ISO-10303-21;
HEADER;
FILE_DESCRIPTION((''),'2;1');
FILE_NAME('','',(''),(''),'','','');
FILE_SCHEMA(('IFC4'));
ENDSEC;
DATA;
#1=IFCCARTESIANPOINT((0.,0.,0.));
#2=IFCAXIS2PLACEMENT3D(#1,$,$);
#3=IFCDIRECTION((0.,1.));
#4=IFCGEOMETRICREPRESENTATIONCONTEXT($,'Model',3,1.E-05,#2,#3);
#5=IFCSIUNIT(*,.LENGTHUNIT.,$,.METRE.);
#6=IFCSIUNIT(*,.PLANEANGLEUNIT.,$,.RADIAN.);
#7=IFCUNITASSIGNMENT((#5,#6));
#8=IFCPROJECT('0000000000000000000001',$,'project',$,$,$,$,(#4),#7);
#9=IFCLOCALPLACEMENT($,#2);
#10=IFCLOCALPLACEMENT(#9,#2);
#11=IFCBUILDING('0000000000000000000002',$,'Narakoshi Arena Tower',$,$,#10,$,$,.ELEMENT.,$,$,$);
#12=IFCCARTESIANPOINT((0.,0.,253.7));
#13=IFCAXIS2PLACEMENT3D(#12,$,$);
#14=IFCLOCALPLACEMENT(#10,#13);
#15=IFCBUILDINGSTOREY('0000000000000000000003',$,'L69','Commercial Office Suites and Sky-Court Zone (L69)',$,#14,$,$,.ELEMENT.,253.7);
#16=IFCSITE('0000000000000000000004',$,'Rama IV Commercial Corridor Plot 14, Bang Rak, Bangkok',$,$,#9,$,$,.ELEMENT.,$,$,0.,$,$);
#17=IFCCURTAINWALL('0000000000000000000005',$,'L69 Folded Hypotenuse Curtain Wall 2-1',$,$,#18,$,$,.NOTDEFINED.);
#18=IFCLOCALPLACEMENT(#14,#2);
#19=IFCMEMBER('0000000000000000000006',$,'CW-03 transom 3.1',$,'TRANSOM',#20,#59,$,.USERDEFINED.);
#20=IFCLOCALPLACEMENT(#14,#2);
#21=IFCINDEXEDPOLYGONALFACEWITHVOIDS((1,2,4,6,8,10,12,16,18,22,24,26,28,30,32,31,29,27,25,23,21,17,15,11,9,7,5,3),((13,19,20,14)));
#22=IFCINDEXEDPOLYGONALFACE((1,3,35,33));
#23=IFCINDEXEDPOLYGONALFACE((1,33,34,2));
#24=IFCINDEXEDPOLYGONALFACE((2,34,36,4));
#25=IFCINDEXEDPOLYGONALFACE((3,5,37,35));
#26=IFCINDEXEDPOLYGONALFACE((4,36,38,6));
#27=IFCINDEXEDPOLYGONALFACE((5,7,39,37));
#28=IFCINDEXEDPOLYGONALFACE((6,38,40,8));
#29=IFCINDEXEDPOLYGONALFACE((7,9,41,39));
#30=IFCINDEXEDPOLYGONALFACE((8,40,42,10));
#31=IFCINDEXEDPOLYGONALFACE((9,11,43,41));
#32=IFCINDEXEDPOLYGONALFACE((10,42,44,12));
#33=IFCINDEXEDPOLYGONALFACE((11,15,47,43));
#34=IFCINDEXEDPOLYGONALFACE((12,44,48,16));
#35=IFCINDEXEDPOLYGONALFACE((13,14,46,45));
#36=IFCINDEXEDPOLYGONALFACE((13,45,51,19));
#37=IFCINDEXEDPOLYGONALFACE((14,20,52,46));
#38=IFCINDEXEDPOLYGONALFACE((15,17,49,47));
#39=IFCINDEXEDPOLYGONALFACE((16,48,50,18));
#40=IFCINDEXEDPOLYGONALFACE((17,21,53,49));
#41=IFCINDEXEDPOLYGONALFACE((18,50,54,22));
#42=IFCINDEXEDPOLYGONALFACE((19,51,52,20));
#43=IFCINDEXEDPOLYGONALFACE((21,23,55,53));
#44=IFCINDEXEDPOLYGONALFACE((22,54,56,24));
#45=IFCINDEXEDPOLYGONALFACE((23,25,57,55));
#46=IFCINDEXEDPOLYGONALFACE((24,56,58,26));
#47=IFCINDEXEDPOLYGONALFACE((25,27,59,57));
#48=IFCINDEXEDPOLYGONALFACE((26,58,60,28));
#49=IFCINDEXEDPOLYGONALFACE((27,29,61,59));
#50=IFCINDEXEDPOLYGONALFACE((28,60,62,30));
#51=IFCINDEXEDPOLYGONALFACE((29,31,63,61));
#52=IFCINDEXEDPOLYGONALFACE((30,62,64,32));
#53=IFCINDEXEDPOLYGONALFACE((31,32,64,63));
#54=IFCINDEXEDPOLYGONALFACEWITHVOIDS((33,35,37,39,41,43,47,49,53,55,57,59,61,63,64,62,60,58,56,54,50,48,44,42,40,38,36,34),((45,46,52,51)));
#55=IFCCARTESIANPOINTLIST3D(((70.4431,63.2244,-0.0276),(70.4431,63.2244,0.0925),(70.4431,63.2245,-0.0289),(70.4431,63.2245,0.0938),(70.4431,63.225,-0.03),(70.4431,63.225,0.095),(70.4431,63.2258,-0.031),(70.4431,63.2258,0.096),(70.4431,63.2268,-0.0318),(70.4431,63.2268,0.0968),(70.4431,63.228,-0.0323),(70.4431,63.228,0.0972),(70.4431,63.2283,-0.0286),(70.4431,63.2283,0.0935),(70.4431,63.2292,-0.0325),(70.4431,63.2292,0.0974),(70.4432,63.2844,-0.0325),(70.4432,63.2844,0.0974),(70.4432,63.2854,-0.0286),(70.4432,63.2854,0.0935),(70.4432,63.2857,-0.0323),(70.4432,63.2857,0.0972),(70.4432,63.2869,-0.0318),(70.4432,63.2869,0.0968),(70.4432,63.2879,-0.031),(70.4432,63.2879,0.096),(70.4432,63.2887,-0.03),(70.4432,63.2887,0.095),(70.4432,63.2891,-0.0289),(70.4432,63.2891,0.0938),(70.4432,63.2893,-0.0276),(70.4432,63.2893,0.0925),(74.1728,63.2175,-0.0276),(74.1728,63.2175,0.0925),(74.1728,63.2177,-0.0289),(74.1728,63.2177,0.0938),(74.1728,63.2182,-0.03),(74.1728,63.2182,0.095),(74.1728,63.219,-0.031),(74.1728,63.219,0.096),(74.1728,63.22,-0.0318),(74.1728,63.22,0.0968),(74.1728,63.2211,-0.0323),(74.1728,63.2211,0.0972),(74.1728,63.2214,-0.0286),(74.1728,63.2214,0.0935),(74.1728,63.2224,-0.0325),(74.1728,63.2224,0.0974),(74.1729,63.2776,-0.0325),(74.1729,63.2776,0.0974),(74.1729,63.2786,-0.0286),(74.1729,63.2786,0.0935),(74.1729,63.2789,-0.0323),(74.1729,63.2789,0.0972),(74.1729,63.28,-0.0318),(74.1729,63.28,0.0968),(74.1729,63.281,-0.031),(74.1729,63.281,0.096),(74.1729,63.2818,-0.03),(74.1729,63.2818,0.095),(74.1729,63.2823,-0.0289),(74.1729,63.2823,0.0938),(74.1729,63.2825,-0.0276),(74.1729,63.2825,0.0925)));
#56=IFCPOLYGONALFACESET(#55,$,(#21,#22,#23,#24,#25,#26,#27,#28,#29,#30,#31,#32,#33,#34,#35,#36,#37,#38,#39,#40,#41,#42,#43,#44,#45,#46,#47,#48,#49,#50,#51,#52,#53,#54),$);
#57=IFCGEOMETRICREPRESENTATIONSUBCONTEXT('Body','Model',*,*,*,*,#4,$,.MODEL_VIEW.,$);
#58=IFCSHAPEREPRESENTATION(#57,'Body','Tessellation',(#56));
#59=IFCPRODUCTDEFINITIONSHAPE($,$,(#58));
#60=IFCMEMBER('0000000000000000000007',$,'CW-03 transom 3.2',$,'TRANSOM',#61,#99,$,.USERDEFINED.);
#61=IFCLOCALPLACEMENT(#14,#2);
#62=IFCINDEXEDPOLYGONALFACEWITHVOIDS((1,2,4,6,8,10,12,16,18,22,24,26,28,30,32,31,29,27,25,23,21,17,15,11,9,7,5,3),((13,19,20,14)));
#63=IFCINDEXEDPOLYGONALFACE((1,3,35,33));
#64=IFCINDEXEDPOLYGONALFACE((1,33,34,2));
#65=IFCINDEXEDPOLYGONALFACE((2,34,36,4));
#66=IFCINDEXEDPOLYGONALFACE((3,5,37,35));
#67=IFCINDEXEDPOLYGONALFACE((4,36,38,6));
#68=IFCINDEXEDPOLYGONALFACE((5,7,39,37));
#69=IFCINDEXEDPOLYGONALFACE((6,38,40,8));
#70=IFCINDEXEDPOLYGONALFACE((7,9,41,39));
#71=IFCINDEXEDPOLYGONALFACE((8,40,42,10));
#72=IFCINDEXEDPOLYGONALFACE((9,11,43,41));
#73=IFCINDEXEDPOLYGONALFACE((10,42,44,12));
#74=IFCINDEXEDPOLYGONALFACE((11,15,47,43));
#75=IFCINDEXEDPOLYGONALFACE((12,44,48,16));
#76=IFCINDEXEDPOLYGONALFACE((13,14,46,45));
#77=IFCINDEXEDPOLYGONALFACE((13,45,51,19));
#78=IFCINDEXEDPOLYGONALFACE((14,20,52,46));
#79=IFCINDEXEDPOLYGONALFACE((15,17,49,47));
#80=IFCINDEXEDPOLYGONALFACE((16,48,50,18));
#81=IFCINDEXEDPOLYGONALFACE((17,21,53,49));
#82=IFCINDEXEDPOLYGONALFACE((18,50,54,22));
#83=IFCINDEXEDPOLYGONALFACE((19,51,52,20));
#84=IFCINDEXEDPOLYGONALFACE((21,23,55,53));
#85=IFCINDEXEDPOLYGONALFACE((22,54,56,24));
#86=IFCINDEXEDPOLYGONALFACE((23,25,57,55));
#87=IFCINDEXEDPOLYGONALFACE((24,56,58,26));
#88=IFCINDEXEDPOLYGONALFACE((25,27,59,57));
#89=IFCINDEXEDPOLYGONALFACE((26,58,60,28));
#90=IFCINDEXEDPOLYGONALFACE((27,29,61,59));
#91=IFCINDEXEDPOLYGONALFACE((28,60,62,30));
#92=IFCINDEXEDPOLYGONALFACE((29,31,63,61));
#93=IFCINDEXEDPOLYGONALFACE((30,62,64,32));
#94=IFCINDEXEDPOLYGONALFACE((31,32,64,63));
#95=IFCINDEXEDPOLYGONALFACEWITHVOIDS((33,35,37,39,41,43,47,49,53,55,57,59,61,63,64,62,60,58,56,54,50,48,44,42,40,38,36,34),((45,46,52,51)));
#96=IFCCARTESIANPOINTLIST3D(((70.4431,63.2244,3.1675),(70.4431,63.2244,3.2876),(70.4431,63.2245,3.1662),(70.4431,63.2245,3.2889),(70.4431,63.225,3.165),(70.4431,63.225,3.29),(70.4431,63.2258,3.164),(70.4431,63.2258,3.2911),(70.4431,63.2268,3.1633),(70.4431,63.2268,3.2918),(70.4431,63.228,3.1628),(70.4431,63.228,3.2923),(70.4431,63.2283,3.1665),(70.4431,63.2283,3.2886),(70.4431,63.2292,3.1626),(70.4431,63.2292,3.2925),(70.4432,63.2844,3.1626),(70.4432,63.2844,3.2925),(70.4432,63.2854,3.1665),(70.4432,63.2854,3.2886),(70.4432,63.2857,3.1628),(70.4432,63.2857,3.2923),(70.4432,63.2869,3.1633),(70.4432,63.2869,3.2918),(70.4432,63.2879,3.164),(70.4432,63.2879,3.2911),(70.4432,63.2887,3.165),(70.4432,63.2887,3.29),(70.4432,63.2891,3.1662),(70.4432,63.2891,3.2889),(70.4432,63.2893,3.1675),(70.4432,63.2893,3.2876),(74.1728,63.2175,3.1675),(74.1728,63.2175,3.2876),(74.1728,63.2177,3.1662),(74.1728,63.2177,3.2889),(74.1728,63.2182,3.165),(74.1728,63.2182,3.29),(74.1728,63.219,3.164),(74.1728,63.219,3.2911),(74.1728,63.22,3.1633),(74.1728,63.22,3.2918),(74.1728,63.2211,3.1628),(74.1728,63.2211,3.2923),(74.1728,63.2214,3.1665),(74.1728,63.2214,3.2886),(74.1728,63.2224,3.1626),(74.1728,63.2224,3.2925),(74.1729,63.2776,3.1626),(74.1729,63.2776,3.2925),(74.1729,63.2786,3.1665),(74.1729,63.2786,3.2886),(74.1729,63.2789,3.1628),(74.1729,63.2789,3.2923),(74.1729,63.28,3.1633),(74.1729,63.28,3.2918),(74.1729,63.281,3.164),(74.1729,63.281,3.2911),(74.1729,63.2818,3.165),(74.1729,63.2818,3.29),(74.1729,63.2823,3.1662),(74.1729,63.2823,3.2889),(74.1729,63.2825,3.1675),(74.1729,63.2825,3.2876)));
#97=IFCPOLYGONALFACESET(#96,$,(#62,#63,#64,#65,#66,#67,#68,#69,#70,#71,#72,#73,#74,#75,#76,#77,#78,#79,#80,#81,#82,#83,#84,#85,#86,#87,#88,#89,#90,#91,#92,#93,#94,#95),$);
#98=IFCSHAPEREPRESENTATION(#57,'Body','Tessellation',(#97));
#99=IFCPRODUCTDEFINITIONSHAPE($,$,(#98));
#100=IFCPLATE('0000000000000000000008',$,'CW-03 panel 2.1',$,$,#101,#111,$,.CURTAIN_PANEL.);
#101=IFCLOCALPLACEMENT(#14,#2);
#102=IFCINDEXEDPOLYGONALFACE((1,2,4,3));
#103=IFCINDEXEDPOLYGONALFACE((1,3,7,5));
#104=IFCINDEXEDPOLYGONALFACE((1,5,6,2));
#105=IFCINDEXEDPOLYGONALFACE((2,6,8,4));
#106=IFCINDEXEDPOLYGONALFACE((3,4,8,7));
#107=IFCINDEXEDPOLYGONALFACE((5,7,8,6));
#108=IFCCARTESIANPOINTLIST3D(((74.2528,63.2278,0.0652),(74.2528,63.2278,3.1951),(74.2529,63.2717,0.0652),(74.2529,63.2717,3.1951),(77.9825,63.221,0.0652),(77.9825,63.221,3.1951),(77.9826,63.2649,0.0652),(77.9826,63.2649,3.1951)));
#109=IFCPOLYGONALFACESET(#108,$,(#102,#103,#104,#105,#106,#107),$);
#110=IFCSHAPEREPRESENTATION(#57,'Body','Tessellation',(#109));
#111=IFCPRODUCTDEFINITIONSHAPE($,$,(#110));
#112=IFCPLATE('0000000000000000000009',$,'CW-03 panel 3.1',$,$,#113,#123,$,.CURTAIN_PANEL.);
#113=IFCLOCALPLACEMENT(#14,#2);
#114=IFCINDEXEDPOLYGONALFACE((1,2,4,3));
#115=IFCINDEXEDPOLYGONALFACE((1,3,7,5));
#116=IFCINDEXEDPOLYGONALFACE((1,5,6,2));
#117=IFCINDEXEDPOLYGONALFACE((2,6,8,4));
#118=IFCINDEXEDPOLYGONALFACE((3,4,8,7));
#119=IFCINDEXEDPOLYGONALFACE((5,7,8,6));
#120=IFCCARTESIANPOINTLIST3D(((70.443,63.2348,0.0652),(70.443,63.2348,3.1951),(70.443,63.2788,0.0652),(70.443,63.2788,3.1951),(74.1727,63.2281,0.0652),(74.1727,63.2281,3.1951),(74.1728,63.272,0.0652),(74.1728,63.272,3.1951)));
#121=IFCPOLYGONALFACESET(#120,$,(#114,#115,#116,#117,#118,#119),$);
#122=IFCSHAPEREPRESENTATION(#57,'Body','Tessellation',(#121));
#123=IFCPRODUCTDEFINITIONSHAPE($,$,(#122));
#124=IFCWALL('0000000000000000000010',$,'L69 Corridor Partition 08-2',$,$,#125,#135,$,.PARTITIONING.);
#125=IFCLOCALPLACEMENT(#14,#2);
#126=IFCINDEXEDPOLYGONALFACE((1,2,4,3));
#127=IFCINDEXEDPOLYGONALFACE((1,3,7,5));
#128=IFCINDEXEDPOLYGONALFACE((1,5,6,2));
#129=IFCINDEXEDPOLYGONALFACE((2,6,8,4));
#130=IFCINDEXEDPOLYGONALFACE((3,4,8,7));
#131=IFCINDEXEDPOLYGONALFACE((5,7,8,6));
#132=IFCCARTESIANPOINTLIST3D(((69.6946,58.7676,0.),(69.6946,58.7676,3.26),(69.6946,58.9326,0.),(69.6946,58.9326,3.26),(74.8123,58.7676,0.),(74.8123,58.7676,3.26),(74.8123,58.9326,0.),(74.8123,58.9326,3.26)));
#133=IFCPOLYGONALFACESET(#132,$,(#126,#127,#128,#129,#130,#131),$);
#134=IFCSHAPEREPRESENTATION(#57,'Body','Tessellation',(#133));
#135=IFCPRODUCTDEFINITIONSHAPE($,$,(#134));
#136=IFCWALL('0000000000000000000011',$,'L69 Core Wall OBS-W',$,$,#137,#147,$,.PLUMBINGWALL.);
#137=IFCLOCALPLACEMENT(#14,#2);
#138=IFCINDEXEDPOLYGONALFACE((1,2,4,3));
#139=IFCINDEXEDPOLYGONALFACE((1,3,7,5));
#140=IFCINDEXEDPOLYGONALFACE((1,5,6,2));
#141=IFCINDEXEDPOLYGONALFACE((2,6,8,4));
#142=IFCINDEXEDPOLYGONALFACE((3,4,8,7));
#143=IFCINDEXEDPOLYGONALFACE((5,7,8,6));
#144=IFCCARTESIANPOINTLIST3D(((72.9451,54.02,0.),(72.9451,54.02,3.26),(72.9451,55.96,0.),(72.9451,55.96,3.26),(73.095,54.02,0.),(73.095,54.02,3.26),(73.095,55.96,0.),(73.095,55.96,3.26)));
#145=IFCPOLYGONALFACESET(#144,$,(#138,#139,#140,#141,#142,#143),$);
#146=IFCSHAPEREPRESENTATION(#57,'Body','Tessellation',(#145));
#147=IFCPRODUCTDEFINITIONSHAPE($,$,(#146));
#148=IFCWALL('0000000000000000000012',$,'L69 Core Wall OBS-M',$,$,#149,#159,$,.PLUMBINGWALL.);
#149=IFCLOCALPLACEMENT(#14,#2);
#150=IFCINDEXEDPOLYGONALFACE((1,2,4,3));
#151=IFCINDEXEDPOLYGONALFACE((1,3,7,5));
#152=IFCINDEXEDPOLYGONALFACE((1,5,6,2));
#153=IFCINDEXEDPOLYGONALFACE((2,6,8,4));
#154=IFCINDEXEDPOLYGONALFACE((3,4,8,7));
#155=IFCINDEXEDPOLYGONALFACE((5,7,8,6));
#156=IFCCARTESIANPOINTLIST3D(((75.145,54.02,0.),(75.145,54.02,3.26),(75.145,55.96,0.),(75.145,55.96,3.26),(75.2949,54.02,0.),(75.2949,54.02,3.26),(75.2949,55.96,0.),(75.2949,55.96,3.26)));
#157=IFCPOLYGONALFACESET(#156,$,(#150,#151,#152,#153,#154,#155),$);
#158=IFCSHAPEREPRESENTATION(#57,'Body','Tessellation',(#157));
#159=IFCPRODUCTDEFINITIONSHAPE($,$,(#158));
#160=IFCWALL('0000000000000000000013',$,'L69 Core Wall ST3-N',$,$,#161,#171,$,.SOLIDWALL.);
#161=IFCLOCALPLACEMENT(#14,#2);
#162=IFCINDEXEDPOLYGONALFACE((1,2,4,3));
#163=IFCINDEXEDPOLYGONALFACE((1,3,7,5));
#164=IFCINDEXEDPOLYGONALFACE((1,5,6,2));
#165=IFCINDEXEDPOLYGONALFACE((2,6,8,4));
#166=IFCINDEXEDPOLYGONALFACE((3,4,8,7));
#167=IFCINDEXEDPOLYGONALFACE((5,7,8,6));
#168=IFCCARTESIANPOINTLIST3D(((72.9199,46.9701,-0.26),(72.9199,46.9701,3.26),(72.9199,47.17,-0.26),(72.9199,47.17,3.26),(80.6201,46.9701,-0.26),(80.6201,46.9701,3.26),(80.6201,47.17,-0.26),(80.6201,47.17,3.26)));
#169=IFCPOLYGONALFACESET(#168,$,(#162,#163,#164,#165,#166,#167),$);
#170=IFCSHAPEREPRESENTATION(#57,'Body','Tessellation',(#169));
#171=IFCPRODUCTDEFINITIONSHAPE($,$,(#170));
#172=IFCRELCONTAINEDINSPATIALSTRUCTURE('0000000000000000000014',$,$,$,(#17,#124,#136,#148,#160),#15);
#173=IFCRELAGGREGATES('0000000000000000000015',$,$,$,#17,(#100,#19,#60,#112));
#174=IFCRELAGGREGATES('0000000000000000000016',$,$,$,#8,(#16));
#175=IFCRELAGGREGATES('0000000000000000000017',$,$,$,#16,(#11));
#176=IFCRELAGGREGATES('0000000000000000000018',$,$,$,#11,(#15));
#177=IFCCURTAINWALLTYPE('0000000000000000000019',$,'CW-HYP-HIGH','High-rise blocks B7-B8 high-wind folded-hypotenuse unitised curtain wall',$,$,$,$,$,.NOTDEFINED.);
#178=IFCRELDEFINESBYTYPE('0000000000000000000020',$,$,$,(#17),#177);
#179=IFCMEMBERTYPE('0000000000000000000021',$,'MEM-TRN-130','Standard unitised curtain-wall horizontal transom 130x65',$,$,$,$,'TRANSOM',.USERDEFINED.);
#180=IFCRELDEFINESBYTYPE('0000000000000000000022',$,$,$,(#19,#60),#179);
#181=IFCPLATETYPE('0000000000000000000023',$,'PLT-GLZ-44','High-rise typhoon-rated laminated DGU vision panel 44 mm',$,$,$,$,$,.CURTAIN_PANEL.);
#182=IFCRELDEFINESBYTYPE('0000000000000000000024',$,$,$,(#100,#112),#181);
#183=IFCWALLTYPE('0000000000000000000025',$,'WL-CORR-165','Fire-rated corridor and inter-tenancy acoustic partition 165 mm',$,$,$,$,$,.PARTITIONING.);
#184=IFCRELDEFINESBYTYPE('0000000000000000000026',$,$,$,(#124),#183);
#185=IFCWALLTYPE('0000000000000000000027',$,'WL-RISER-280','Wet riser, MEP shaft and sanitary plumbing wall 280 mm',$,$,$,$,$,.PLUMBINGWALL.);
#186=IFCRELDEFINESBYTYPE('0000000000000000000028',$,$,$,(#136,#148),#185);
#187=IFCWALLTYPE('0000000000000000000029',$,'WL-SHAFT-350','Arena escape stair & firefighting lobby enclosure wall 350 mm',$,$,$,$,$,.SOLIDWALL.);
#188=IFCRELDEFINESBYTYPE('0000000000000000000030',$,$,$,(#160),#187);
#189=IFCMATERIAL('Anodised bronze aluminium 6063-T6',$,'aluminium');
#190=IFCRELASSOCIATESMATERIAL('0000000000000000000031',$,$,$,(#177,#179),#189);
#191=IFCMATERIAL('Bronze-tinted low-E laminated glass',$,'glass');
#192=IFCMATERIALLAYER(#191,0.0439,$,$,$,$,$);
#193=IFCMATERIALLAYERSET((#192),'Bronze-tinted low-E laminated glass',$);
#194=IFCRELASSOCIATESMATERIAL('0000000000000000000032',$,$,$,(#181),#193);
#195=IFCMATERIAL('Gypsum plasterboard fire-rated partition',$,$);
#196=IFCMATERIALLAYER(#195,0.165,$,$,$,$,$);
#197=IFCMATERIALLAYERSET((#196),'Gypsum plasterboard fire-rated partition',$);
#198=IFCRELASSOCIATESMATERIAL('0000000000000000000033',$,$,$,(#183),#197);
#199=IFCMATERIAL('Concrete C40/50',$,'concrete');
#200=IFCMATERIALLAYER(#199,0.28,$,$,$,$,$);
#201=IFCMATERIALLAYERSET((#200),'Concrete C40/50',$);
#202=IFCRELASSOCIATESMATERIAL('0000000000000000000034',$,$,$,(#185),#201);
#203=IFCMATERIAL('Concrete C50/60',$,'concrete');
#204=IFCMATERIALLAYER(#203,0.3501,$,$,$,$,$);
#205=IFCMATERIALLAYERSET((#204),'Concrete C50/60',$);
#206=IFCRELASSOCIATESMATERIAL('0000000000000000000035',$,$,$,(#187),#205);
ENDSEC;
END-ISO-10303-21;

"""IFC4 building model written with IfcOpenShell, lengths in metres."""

from ifc_helpers import new_model, si_unit, direction, frame, frame_2d, origin, origin_2d, place, context, subcontext, project, spatial, rectangle, hollow_rectangle, extrude, material, layer, layer_set, material_profile, profile_set, type_object, element, aggregate, save


model = new_model("IFC4")

# Units and contexts
model_context = context("Model", 3, precision=1e-05, world=origin(), true_north=direction((0.0, 1.0)))
body_context = subcontext(model_context, "Body", "Model", "MODEL_VIEW")
ifc_project = project(units=[si_unit("LENGTHUNIT", "METRE"), si_unit("PLANEANGLEUNIT", "RADIAN")], contexts=[model_context])

# Site, building, storey
site_placement = place(None, origin())
site = spatial("IfcSite", under=ifc_project, at=site_placement, Name="Rama IV Commercial Corridor Plot 14, Bang Rak, Bangkok", CompositionType="ELEMENT", RefElevation=0.0)
building_placement = place(site_placement, origin())
building = spatial("IfcBuilding", under=site, at=building_placement, Name="Narakoshi Arena Tower", CompositionType="ELEMENT")
storey_placement = place(building_placement, frame((0.0, 0.0, 253.7)))
storey = spatial("IfcBuildingStorey", under=building, at=storey_placement, Name="L69", Description="Commercial Office Suites and Sky-Court Zone (L69)", CompositionType="ELEMENT", Elevation=253.7)

# Shared definitions
ifc_material_1 = material(Name="Concrete C50/60", Category="concrete")

# Curtain wall, members, plates
ifc_material_2 = material(Name="Anodised bronze aluminium 6063-T6", Category="aluminium")
curtain_wall_type = type_object("IfcCurtainWallType", Name="CW-HYP-HIGH", Description="High-rise blocks B7-B8 high-wind folded-hypotenuse unitised curtain wall", PredefinedType="NOTDEFINED", material=ifc_material_2)
curtain_wall_placement = place(storey_placement, origin())
curtain_wall = element("IfcCurtainWall", 1, at=curtain_wall_placement, inside=storey, type_object=curtain_wall_type, Name="L69 Folded Hypotenuse Curtain Wall 2-1", PredefinedType="NOTDEFINED")
ifc_material_profile_1 = material_profile(ifc_material_2, hollow_rectangle(XDim=0.0649, YDim=0.1299, WallThickness=0.0039, OuterFilletRadius=0.0049, at=origin_2d()), Name="TRN130x65x4")
ifc_profile_set_1 = profile_set([ifc_material_profile_1], Name="Anodised bronze aluminium 6063-T6")
member_type_1 = type_object("IfcMemberType", Name="MEM-TRN-130", Description="Standard unitised curtain-wall horizontal transom 130x65", ElementType="TRANSOM", PredefinedType="USERDEFINED", material=ifc_profile_set_1)
member_1_placement = place(storey_placement, frame((74.1729, 63.25, 0.0325), z_axis=(-0.999998, 0.001833, 0.0), x_axis=(-0.001833, -0.999998, 0.0)))
member_1 = element("IfcMember", 2, at=member_1_placement, type_object=member_type_1, Name="CW-03 transom 3.1", ObjectType="TRANSOM", PredefinedType="USERDEFINED", context=body_context, shape_type="SweptSolid", body=[
    extrude(hollow_rectangle(XDim=0.0649, YDim=0.1299, WallThickness=0.0039, OuterFilletRadius=0.0049, at=origin_2d()), origin(), (0.0, 0.0, 1.0), 3.7297),
])
member_2_placement = place(storey_placement, frame((74.1729, 63.25, 3.2275), z_axis=(-0.999998, 0.001833, 0.0), x_axis=(-0.001833, -0.999998, 0.0)))
member_2 = element("IfcMember", 3, at=member_2_placement, type_object=member_type_1, Name="CW-03 transom 3.2", ObjectType="TRANSOM", PredefinedType="USERDEFINED", context=body_context, shape_type="SweptSolid", body=[
    extrude(hollow_rectangle(XDim=0.0649, YDim=0.1299, WallThickness=0.0039, OuterFilletRadius=0.0049, at=origin_2d()), origin(), (0.0, 0.0, 1.0), 3.7297),
])
ifc_material_3 = material(Name="Bronze-tinted low-E laminated glass", Category="glass")
ifc_layer_1 = layer(ifc_material_3, 0.0439)
ifc_layer_set_1 = layer_set([ifc_layer_1], Name="Bronze-tinted low-E laminated glass")
plate_type = type_object("IfcPlateType", Name="PLT-GLZ-44", Description="High-rise typhoon-rated laminated DGU vision panel 44 mm", PredefinedType="CURTAIN_PANEL", material=ifc_layer_set_1)
plate_1_placement = place(storey_placement, frame((76.1177, 63.2463, 0.0652), z_axis=(0.0, 0.0, 1.0), x_axis=(-0.999998, 0.00182, 0.0)))
plate_1 = element("IfcPlate", 4, at=plate_1_placement, type_object=plate_type, Name="CW-03 panel 2.1", PredefinedType="CURTAIN_PANEL", context=body_context, shape_type="SweptSolid", body=[
    extrude(rectangle(XDim=3.7297, YDim=0.0439, at=origin_2d()), origin(), (0.0, 0.0, 1.0), 3.1299),
])
plate_2_placement = place(storey_placement, frame((72.3079, 63.2534, 0.0652), z_axis=(0.0, 0.0, 1.0), x_axis=(-0.999998, 0.00182, 0.0)))
plate_2 = element("IfcPlate", 5, at=plate_2_placement, type_object=plate_type, Name="CW-03 panel 3.1", PredefinedType="CURTAIN_PANEL", context=body_context, shape_type="SweptSolid", body=[
    extrude(rectangle(XDim=3.7297, YDim=0.0439, at=origin_2d()), origin(), (0.0, 0.0, 1.0), 3.1299),
])
aggregate(curtain_wall, [plate_1, member_1, member_2, plate_2])

# Walls
ifc_material_4 = material(Name="Gypsum plasterboard fire-rated partition")
ifc_layer_2 = layer(ifc_material_4, 0.165)
ifc_layer_set_2 = layer_set([ifc_layer_2], Name="Gypsum plasterboard fire-rated partition")
wall_type_1 = type_object("IfcWallType", Name="WL-CORR-165", Description="Fire-rated corridor and inter-tenancy acoustic partition 165 mm", PredefinedType="PARTITIONING", material=ifc_layer_set_2)
wall_1_placement = place(storey_placement, frame((74.8123, 58.8501, 0.0), z_axis=(0.0, 0.0, 1.0), x_axis=(-1.0, 0.0, 0.0)))
element("IfcWall", 6, at=wall_1_placement, inside=storey, type_object=wall_type_1, Name="L69 Corridor Partition 08-2", PredefinedType="PARTITIONING", context=body_context, shape_type="SweptSolid", body=[
    extrude(rectangle(XDim=5.1177, YDim=0.165, at=frame_2d((2.5588, 0.0))), origin(), (0.0, 0.0, 1.0), 3.26),
])
ifc_material_5 = material(Name="Concrete C40/50", Category="concrete")
ifc_layer_3 = layer(ifc_material_5, 0.28)
ifc_layer_set_3 = layer_set([ifc_layer_3], Name="Concrete C40/50")
wall_type_2 = type_object("IfcWallType", Name="WL-RISER-280", Description="Wet riser, MEP shaft and sanitary plumbing wall 280 mm", PredefinedType="PLUMBINGWALL", material=ifc_layer_set_3)
for number, where, z_axis, x_axis, name in (
    (7, (73.02, 54.02, 0.0), (0.0, 0.0, 1.0), (0.0, 1.0, 0.0), "L69 Core Wall OBS-W"),
    (8, (75.22, 54.02, 0.0), (0.0, 0.0, 1.0), (0.0, 1.0, 0.0), "L69 Core Wall OBS-M"),
):
    element("IfcWall", number, at=place(storey_placement, frame(where, z_axis=z_axis, x_axis=x_axis)), inside=storey, type_object=wall_type_2, Name=name, PredefinedType="PLUMBINGWALL", context=body_context, shape_type="SweptSolid", body=[
        extrude(rectangle(XDim=1.9399, YDim=0.1499, at=frame_2d((0.97, 0.0))), origin(), (0.0, 0.0, 1.0), 3.26),
    ])
ifc_layer_4 = layer(ifc_material_1, 0.3501)
ifc_layer_set_4 = layer_set([ifc_layer_4], Name="Concrete C50/60")
wall_type_3 = type_object("IfcWallType", Name="WL-SHAFT-350", Description="Arena escape stair & firefighting lobby enclosure wall 350 mm", PredefinedType="SOLIDWALL", material=ifc_layer_set_4)
wall_2_placement = place(storey_placement, frame((72.9199, 47.0701, -0.26), z_axis=(0.0, 0.0, 1.0), x_axis=(1.0, 0.0, 0.0)))
element("IfcWall", 9, at=wall_2_placement, inside=storey, type_object=wall_type_3, Name="L69 Core Wall ST3-N", PredefinedType="SOLIDWALL", context=body_context, shape_type="SweptSolid", body=[
    extrude(rectangle(XDim=7.7002, YDim=0.2, at=frame_2d((3.8501, 0.0))), origin(), (0.0, 0.0, 1.0), 3.52),
])

save(model, "model.ifc")
